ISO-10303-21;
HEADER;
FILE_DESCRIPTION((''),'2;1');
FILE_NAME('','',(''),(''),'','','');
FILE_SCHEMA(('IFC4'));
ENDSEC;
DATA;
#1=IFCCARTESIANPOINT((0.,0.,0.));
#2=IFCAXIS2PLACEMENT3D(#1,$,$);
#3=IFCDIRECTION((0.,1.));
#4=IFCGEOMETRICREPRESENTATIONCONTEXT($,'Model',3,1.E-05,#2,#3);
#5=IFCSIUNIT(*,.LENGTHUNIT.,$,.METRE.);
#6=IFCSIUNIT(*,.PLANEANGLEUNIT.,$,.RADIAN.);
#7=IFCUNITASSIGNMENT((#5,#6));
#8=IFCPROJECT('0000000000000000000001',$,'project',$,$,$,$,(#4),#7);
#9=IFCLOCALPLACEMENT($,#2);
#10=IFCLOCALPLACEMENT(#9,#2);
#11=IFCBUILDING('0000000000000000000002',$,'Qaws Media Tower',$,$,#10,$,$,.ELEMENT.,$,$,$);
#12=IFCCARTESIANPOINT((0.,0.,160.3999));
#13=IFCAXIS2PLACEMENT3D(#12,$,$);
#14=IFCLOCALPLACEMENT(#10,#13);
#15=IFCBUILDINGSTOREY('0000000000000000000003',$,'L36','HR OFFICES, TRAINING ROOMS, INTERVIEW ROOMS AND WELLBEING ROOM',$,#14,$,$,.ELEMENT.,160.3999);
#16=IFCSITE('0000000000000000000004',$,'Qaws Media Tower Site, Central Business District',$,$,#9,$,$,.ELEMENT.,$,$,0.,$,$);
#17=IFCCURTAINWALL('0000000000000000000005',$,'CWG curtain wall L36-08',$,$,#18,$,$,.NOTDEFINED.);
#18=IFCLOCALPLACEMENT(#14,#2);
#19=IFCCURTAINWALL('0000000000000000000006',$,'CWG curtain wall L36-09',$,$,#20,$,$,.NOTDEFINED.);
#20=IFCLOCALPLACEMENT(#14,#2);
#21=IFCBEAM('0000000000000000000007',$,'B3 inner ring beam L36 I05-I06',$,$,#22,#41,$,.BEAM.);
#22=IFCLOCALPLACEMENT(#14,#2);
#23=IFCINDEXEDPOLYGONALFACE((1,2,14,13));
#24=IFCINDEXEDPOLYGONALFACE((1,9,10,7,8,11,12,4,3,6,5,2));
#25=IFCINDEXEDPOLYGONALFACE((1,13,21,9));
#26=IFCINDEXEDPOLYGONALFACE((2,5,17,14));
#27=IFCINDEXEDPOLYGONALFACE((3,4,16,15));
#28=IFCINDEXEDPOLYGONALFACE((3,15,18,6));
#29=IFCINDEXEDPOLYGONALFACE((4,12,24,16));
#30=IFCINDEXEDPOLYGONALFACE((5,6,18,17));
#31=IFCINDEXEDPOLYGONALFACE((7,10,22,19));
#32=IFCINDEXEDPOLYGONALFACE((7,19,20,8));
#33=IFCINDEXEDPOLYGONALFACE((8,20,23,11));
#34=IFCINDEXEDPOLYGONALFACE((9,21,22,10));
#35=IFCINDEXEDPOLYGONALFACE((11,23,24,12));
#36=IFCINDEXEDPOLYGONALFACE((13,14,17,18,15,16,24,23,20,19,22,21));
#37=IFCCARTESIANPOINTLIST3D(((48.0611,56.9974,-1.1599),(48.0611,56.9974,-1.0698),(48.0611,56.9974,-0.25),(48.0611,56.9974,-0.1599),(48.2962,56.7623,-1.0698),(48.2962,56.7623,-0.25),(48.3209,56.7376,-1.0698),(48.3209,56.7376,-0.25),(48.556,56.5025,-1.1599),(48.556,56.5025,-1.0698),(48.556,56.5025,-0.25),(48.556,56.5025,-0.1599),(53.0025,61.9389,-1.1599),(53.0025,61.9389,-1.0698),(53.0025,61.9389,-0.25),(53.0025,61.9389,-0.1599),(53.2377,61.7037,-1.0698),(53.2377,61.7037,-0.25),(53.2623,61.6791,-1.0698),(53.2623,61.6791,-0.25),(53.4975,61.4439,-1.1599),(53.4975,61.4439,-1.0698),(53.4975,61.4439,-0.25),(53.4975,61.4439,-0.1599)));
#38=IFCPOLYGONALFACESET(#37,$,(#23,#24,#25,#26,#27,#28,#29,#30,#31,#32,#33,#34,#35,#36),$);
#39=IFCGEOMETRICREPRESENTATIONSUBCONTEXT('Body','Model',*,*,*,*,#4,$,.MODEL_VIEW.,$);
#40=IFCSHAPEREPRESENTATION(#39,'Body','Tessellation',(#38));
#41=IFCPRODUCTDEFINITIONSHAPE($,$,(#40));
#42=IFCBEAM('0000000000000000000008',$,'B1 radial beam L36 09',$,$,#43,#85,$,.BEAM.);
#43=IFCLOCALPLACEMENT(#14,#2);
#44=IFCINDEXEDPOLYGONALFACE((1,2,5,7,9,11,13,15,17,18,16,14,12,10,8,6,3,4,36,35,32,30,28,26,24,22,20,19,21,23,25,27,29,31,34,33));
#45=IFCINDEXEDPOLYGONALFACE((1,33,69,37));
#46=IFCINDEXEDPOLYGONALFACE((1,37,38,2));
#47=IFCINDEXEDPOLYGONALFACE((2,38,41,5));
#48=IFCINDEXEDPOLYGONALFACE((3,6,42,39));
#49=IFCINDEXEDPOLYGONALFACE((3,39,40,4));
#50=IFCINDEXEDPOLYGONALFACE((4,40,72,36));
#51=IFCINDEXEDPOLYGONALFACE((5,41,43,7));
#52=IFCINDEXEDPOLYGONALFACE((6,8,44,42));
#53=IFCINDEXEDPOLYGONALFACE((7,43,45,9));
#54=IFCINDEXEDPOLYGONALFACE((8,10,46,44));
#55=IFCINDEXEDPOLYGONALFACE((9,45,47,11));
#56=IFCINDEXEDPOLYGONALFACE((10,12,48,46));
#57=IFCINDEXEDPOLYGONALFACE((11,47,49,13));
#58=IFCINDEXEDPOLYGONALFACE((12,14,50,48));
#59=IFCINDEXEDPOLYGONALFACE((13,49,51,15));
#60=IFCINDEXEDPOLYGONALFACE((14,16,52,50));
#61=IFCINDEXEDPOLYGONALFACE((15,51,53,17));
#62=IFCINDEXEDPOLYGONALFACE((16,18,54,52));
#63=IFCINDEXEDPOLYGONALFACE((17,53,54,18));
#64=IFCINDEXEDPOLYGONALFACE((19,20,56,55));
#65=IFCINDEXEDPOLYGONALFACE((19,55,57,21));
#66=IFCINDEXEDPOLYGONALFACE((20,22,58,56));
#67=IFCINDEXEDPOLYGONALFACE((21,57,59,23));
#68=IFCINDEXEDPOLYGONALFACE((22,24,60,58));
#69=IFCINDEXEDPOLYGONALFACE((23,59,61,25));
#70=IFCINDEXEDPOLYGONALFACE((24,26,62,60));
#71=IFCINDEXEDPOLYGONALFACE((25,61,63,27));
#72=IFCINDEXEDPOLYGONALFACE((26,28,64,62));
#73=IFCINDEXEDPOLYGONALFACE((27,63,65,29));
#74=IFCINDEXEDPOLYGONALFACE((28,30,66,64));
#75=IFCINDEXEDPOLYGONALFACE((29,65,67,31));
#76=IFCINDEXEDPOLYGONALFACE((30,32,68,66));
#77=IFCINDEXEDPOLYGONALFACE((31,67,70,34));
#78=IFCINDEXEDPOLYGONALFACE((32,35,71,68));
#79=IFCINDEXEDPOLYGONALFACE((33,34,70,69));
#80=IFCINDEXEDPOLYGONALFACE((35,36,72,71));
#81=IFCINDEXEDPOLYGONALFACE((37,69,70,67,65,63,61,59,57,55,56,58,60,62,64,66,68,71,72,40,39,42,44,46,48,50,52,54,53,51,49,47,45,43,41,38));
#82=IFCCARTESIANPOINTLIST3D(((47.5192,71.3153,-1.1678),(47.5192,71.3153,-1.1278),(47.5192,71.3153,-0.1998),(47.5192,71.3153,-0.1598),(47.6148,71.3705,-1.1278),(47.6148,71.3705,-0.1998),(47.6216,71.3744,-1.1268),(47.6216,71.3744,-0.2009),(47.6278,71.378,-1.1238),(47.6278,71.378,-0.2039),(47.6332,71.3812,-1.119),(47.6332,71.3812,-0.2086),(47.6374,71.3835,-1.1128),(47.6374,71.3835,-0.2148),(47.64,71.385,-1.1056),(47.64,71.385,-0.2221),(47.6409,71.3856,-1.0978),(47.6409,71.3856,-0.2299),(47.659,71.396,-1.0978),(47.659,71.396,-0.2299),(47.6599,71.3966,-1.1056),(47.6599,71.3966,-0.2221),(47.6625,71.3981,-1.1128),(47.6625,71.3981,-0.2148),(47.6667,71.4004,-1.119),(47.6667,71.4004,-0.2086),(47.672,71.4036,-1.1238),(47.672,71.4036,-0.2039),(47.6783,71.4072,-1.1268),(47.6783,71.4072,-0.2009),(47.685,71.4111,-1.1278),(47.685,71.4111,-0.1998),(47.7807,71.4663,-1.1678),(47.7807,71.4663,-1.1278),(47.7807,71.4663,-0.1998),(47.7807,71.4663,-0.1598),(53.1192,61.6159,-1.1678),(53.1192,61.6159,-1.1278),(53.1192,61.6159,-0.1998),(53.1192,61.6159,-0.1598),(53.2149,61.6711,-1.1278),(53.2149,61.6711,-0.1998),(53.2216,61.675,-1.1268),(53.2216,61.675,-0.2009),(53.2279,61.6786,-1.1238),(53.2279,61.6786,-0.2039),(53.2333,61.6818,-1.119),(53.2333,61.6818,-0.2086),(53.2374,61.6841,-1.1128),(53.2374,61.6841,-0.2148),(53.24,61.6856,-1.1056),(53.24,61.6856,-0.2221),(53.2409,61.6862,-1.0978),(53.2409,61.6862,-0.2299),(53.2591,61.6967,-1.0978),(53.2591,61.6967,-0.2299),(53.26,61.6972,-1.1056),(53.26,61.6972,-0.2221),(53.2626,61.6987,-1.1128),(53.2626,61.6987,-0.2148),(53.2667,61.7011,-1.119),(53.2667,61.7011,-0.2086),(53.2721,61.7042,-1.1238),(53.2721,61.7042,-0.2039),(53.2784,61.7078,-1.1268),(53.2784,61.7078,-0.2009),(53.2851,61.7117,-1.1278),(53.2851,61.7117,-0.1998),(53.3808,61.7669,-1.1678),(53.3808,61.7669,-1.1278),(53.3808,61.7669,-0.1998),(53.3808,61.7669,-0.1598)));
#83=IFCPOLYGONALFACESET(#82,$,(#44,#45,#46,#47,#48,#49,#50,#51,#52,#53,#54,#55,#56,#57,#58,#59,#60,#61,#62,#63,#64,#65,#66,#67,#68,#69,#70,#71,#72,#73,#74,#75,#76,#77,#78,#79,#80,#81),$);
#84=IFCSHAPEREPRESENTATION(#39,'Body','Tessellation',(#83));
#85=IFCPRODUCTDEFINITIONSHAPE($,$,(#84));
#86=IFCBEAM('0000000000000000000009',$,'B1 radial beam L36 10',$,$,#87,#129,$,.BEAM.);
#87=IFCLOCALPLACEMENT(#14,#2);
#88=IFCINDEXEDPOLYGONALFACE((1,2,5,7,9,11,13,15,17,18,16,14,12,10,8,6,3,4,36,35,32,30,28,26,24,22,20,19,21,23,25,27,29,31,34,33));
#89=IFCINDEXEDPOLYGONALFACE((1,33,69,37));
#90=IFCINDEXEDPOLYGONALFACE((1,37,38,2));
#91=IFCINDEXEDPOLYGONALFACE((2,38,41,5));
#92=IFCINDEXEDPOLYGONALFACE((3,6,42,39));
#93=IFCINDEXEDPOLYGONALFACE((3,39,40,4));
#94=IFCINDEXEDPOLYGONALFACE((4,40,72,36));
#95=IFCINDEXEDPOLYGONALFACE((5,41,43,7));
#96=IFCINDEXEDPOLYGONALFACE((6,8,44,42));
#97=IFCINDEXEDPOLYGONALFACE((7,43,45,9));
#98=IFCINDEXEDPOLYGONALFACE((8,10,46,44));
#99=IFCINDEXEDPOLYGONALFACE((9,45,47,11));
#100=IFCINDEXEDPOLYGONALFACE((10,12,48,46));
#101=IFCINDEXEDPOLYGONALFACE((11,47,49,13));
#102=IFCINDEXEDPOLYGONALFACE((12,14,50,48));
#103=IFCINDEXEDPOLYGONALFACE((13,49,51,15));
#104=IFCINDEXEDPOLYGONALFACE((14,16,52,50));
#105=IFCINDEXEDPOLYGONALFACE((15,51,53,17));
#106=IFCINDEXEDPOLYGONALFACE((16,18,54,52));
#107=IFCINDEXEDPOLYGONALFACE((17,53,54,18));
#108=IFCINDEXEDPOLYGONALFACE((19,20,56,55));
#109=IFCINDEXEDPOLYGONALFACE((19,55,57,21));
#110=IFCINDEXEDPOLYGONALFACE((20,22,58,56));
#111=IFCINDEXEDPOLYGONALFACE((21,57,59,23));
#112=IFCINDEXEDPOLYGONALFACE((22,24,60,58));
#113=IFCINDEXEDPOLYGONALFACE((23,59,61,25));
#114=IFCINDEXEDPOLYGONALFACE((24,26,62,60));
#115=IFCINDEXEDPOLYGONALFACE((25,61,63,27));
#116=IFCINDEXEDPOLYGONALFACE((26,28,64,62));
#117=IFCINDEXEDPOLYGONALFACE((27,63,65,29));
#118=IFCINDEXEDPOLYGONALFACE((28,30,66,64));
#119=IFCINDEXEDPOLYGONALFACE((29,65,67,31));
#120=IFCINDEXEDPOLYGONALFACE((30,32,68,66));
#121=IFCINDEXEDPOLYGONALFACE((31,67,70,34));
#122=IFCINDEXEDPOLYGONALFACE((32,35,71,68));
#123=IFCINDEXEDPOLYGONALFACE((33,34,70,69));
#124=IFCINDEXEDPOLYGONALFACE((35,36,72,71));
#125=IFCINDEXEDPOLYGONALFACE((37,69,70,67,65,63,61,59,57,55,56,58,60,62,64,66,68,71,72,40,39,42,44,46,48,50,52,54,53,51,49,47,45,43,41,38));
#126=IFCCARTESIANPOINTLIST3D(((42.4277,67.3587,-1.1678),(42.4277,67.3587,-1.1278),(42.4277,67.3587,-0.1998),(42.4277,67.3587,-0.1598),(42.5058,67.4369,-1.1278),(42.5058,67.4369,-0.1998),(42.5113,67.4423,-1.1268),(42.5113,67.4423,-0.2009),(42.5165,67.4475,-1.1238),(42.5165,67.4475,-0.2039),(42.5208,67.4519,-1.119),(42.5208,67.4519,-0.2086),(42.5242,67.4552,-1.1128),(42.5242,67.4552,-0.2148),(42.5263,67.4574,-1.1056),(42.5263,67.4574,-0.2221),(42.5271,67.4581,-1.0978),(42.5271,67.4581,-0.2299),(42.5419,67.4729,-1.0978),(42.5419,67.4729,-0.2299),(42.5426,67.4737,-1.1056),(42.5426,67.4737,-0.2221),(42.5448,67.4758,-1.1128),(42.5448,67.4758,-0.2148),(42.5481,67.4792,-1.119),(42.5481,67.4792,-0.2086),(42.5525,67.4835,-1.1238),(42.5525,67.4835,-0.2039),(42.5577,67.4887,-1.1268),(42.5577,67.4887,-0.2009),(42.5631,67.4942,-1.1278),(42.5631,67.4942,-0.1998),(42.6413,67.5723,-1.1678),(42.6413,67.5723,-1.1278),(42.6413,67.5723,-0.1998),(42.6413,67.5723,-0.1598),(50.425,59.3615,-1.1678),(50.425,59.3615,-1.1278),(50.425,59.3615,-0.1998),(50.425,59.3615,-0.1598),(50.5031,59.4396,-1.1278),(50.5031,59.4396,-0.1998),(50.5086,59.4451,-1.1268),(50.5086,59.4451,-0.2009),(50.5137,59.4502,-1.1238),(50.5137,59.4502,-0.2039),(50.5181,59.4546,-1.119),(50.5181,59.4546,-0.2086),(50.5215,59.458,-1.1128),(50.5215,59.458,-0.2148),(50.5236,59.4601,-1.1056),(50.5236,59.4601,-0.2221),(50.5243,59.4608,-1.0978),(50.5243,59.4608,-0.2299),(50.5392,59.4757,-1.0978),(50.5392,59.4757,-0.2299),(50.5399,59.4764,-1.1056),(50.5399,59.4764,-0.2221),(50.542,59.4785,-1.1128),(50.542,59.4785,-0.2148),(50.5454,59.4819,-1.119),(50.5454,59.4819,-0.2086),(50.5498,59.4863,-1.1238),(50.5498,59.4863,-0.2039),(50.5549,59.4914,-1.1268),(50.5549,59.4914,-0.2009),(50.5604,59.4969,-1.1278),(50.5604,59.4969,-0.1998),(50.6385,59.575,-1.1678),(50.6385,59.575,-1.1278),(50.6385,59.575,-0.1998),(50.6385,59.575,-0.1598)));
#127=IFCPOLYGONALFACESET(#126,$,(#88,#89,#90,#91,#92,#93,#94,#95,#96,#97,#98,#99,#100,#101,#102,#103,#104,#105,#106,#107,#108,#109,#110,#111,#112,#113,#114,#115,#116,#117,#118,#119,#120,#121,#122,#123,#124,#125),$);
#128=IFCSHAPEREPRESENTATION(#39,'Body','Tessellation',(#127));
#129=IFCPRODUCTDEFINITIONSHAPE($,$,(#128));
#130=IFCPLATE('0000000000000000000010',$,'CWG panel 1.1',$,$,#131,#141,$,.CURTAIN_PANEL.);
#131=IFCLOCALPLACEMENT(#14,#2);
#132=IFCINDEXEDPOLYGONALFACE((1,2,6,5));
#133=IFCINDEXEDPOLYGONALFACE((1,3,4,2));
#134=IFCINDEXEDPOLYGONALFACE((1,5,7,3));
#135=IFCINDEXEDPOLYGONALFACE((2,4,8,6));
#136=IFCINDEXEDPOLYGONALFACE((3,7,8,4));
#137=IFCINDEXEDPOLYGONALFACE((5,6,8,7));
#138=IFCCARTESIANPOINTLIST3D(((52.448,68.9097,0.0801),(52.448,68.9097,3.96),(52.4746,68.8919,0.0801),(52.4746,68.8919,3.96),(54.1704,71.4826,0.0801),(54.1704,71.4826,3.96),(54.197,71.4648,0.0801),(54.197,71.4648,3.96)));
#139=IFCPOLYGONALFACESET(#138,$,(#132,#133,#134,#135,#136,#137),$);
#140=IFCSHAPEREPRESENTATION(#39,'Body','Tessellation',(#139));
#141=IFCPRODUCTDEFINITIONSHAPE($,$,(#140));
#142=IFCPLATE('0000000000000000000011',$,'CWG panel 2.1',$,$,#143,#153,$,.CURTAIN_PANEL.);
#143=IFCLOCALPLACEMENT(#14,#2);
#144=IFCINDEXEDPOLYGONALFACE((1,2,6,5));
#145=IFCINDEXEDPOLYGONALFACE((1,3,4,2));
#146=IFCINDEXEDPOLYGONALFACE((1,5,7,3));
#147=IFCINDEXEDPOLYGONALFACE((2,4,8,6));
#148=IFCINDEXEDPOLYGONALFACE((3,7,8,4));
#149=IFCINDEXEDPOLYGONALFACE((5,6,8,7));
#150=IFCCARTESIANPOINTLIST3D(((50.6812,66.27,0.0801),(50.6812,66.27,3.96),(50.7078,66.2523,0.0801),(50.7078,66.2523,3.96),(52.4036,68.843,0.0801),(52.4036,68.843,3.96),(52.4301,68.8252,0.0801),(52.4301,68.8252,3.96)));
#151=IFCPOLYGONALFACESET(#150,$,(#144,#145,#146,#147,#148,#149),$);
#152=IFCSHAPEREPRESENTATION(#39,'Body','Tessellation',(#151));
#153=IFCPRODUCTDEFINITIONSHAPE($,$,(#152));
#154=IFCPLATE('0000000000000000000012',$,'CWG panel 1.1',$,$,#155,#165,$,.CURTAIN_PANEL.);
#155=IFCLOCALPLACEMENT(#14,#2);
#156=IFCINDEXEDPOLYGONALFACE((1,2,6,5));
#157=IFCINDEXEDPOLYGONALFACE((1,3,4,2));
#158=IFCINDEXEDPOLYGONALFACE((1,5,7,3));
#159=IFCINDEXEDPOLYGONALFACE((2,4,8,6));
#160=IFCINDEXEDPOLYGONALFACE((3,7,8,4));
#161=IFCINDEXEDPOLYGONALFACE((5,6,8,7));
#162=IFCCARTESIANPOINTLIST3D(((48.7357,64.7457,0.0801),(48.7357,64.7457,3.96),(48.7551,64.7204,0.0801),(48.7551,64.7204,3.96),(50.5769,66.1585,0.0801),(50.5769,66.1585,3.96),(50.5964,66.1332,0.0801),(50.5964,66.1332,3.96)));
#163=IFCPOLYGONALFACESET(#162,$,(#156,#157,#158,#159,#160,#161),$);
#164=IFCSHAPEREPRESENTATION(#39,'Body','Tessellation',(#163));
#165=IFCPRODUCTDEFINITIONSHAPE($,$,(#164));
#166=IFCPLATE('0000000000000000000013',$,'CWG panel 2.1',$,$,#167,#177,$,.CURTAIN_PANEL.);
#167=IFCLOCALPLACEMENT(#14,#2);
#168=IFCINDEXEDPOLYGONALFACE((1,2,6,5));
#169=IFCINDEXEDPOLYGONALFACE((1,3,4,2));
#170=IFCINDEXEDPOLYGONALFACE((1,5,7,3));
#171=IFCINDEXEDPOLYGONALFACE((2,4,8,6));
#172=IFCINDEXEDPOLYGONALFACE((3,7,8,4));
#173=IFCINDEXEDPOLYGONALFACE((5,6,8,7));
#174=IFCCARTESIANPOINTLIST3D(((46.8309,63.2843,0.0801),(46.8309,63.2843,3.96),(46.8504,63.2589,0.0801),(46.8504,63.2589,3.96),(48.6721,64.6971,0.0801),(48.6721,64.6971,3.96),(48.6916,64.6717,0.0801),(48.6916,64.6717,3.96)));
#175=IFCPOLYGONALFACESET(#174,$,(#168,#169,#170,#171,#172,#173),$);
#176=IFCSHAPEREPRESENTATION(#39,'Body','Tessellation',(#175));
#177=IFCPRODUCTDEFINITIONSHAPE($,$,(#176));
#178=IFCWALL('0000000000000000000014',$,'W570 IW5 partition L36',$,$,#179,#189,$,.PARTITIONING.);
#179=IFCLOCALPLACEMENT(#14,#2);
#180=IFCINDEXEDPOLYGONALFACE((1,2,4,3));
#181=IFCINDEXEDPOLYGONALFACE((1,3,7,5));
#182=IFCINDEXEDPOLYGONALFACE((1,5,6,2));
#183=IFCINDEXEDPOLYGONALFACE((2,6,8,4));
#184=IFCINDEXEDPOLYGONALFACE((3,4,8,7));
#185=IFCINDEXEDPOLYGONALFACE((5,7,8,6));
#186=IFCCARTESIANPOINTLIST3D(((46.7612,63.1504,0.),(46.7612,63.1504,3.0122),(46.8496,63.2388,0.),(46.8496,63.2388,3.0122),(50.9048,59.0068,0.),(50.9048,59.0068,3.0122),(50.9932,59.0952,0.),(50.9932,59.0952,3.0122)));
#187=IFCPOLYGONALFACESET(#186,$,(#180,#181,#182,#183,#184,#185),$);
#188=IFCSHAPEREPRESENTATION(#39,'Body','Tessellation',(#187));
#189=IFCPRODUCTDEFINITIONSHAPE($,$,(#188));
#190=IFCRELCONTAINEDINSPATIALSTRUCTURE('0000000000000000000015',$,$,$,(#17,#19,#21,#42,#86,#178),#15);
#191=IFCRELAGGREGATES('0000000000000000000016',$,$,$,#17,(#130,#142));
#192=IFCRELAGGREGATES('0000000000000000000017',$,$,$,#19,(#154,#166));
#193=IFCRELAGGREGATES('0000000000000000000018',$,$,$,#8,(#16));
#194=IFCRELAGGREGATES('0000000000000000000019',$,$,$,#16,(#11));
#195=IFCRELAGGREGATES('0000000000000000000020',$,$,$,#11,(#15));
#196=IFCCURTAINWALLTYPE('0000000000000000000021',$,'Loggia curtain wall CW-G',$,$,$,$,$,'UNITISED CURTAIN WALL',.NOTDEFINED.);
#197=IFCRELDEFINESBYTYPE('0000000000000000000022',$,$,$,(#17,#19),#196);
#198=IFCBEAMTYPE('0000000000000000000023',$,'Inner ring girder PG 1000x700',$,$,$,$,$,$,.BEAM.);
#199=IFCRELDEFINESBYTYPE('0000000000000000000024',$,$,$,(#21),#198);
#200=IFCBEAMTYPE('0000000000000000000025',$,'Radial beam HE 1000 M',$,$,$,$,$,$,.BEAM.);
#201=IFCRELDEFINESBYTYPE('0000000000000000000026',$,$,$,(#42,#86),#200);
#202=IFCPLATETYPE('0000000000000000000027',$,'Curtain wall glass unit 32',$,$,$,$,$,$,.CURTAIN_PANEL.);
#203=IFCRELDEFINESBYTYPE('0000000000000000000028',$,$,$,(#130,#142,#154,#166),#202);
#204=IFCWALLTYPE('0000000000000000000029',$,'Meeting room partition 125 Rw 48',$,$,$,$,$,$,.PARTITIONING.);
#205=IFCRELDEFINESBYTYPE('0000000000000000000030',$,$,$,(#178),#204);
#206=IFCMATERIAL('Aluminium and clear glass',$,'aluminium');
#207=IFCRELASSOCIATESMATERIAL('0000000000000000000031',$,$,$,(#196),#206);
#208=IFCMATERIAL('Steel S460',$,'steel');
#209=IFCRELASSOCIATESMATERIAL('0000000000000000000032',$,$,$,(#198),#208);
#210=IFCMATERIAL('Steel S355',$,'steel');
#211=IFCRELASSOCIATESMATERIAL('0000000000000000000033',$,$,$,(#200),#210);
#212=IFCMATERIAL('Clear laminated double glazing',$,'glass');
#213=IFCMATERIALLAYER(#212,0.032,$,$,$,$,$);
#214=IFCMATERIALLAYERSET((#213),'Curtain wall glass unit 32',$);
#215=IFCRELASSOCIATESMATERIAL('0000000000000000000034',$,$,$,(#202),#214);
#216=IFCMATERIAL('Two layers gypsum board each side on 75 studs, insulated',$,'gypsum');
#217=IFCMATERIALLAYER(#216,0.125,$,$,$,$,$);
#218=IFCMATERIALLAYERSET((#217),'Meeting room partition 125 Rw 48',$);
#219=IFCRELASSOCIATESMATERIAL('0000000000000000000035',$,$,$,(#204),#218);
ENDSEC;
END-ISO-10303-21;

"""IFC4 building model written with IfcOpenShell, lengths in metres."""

from ifc_helpers import new_model, si_unit, direction, frame, frame_2d, origin, origin_2d, place, context, subcontext, project, spatial, rectangle, i_section, extrude, material, layer, layer_set, material_profile, profile_set, type_object, element, aggregate, save


model = new_model("IFC4")

# Units and contexts
model_context = context("Model", 3, precision=1e-05, world=origin(), true_north=direction((0.0, 1.0)))
body_context = subcontext(model_context, "Body", "Model", "MODEL_VIEW")
ifc_project = project(units=[si_unit("LENGTHUNIT", "METRE"), si_unit("PLANEANGLEUNIT", "RADIAN")], contexts=[model_context])

# Site, building, storey
site_placement = place(None, origin())
site = spatial("IfcSite", under=ifc_project, at=site_placement, Name="Qaws Media Tower Site, Central Business District", CompositionType="ELEMENT", RefElevation=0.0)
building_placement = place(site_placement, origin())
building = spatial("IfcBuilding", under=site, at=building_placement, Name="Qaws Media Tower", CompositionType="ELEMENT")
storey_placement = place(building_placement, frame((0.0, 0.0, 160.3999)))
storey = spatial("IfcBuildingStorey", under=building, at=storey_placement, Name="L36", Description="HR OFFICES, TRAINING ROOMS, INTERVIEW ROOMS AND WELLBEING ROOM", CompositionType="ELEMENT", Elevation=160.3999)

# Curtain walls
ifc_material_1 = material(Name="Aluminium and clear glass", Category="aluminium")
curtain_wall_type = type_object("IfcCurtainWallType", Name="Loggia curtain wall CW-G", ElementType="UNITISED CURTAIN WALL", PredefinedType="NOTDEFINED", material=ifc_material_1)
curtain_wall_1_placement = place(storey_placement, origin())
curtain_wall_1 = element("IfcCurtainWall", 1, at=curtain_wall_1_placement, inside=storey, type_object=curtain_wall_type, Name="CWG curtain wall L36-08", PredefinedType="NOTDEFINED")
curtain_wall_2_placement = place(storey_placement, origin())
curtain_wall_2 = element("IfcCurtainWall", 2, at=curtain_wall_2_placement, inside=storey, type_object=curtain_wall_type, Name="CWG curtain wall L36-09", PredefinedType="NOTDEFINED")

# Beams
ifc_material_2 = material(Name="Steel S460", Category="steel")
ifc_material_profile_1 = material_profile(ifc_material_2, i_section(OverallWidth=0.7, OverallDepth=1.0, WebThickness=0.0349, FlangeThickness=0.0901, at=origin_2d()), Name="PG 1000x700")
ifc_profile_set_1 = profile_set([ifc_material_profile_1], Name="Steel S460")
beam_type_1 = type_object("IfcBeamType", Name="Inner ring girder PG 1000x700", PredefinedType="BEAM", material=ifc_profile_set_1)
beam_1_placement = place(storey_placement, frame((53.25, 61.6914, -0.6599), z_axis=(-0.707107, -0.707107, 0.0), x_axis=(0.707107, -0.707107, 0.0)))
element("IfcBeam", 3, at=beam_1_placement, inside=storey, type_object=beam_type_1, Name="B3 inner ring beam L36 I05-I06", PredefinedType="BEAM", context=body_context, shape_type="SweptSolid", body=[
    extrude(i_section(OverallWidth=0.7, OverallDepth=1.0, WebThickness=0.0349, FlangeThickness=0.0901, at=origin_2d()), origin(), (0.0, 0.0, 1.0), 6.9883),
])
ifc_material_3 = material(Name="Steel S355", Category="steel")
ifc_material_profile_2 = material_profile(ifc_material_3, i_section(OverallWidth=0.302, OverallDepth=1.0081, WebThickness=0.021, FlangeThickness=0.04, FilletRadius=0.03, at=origin_2d()), Name="HE 1000 M")
ifc_profile_set_2 = profile_set([ifc_material_profile_2], Name="Steel S355")
beam_type_2 = type_object("IfcBeamType", Name="Radial beam HE 1000 M", PredefinedType="BEAM", material=ifc_profile_set_2)
beam_2_placement = place(storey_placement, frame((53.25, 61.6914, -0.6638), z_axis=(-0.500007, 0.866021, 0.0), x_axis=(-0.866021, -0.500007, 0.0)))
element("IfcBeam", 4, at=beam_2_placement, inside=storey, type_object=beam_type_2, Name="B1 radial beam L36 09", PredefinedType="BEAM", context=body_context, shape_type="SweptSolid", body=[
    extrude(i_section(OverallWidth=0.302, OverallDepth=1.0081, WebThickness=0.021, FlangeThickness=0.04, FilletRadius=0.03, at=origin_2d()), origin(), (0.0, 0.0, 1.0), 11.2),
])
beam_3_placement = place(storey_placement, frame((50.5317, 59.4683, -0.6638), z_axis=(-0.707107, 0.707107, 0.0), x_axis=(-0.707107, -0.707107, 0.0)))
element("IfcBeam", 5, at=beam_3_placement, inside=storey, type_object=beam_type_2, Name="B1 radial beam L36 10", PredefinedType="BEAM", context=body_context, shape_type="SweptSolid", body=[
    extrude(i_section(OverallWidth=0.302, OverallDepth=1.0081, WebThickness=0.021, FlangeThickness=0.04, FilletRadius=0.03, at=origin_2d()), origin(), (0.0, 0.0, 1.0), 11.3098),
])

# Plates
ifc_material_4 = material(Name="Clear laminated double glazing", Category="glass")
ifc_layer_1 = layer(ifc_material_4, 0.032)
ifc_layer_set_1 = layer_set([ifc_layer_1], Name="Curtain wall glass unit 32")
plate_type = type_object("IfcPlateType", Name="Curtain wall glass unit 32", PredefinedType="CURTAIN_PANEL", material=ifc_layer_set_1)
plate_1_placement = place(storey_placement, frame((53.3225, 70.1873, 0.0801), z_axis=(0.0, 0.0, 1.0), x_axis=(-0.55628, -0.830995, 0.0)))
plate_1 = element("IfcPlate", 6, at=plate_1_placement, type_object=plate_type, Name="CWG panel 1.1", PredefinedType="CURTAIN_PANEL", context=body_context, shape_type="SweptSolid", body=[
    extrude(rectangle(XDim=3.0962, YDim=0.032, at=origin_2d()), origin(), (0.0, 0.0, 1.0), 3.8799),
])
plate_2_placement = place(storey_placement, frame((51.5557, 67.5476, 0.0801), z_axis=(0.0, 0.0, 1.0), x_axis=(-0.55628, -0.830995, 0.0)))
plate_2 = element("IfcPlate", 7, at=plate_2_placement, type_object=plate_type, Name="CWG panel 2.1", PredefinedType="CURTAIN_PANEL", context=body_context, shape_type="SweptSolid", body=[
    extrude(rectangle(XDim=3.0962, YDim=0.032, at=origin_2d()), origin(), (0.0, 0.0, 1.0), 3.8799),
])
aggregate(curtain_wall_1, [plate_1, plate_2])
plate_3_placement = place(storey_placement, frame((49.666, 65.4395, 0.0801), z_axis=(0.0, 0.0, 1.0), x_axis=(-0.793353, -0.608761, 0.0)))
plate_3 = element("IfcPlate", 8, at=plate_3_placement, type_object=plate_type, Name="CWG panel 1.1", PredefinedType="CURTAIN_PANEL", context=body_context, shape_type="SweptSolid", body=[
    extrude(rectangle(XDim=2.3208, YDim=0.032, at=origin_2d()), origin(), (0.0, 0.0, 1.0), 3.8799),
])
plate_4_placement = place(storey_placement, frame((47.7612, 63.978, 0.0801), z_axis=(0.0, 0.0, 1.0), x_axis=(-0.793353, -0.608761, 0.0)))
plate_4 = element("IfcPlate", 9, at=plate_4_placement, type_object=plate_type, Name="CWG panel 2.1", PredefinedType="CURTAIN_PANEL", context=body_context, shape_type="SweptSolid", body=[
    extrude(rectangle(XDim=2.3208, YDim=0.032, at=origin_2d()), origin(), (0.0, 0.0, 1.0), 3.8799),
])
aggregate(curtain_wall_2, [plate_3, plate_4])

# Wall
ifc_material_5 = material(Name="Two layers gypsum board each side on 75 studs, insulated", Category="gypsum")
ifc_layer_2 = layer(ifc_material_5, 0.125)
ifc_layer_set_2 = layer_set([ifc_layer_2], Name="Meeting room partition 125 Rw 48")
wall_type_1 = type_object("IfcWallType", Name="Meeting room partition 125 Rw 48", PredefinedType="PARTITIONING", material=ifc_layer_set_2)
wall_1_placement = place(storey_placement, frame((50.949, 59.051, 0.0), z_axis=(0.0, 0.0, 1.0), x_axis=(-0.707107, 0.707107, 0.0)))
element("IfcWall", 10, at=wall_1_placement, inside=storey, type_object=wall_type_1, Name="W570 IW5 partition L36", PredefinedType="PARTITIONING", context=body_context, shape_type="SweptSolid", body=[
    extrude(rectangle(XDim=5.8599, YDim=0.125, at=frame_2d((2.9299, 0.0))), origin(), (0.0, 0.0, 1.0), 3.0122),
])

save(model, "model.ifc")
